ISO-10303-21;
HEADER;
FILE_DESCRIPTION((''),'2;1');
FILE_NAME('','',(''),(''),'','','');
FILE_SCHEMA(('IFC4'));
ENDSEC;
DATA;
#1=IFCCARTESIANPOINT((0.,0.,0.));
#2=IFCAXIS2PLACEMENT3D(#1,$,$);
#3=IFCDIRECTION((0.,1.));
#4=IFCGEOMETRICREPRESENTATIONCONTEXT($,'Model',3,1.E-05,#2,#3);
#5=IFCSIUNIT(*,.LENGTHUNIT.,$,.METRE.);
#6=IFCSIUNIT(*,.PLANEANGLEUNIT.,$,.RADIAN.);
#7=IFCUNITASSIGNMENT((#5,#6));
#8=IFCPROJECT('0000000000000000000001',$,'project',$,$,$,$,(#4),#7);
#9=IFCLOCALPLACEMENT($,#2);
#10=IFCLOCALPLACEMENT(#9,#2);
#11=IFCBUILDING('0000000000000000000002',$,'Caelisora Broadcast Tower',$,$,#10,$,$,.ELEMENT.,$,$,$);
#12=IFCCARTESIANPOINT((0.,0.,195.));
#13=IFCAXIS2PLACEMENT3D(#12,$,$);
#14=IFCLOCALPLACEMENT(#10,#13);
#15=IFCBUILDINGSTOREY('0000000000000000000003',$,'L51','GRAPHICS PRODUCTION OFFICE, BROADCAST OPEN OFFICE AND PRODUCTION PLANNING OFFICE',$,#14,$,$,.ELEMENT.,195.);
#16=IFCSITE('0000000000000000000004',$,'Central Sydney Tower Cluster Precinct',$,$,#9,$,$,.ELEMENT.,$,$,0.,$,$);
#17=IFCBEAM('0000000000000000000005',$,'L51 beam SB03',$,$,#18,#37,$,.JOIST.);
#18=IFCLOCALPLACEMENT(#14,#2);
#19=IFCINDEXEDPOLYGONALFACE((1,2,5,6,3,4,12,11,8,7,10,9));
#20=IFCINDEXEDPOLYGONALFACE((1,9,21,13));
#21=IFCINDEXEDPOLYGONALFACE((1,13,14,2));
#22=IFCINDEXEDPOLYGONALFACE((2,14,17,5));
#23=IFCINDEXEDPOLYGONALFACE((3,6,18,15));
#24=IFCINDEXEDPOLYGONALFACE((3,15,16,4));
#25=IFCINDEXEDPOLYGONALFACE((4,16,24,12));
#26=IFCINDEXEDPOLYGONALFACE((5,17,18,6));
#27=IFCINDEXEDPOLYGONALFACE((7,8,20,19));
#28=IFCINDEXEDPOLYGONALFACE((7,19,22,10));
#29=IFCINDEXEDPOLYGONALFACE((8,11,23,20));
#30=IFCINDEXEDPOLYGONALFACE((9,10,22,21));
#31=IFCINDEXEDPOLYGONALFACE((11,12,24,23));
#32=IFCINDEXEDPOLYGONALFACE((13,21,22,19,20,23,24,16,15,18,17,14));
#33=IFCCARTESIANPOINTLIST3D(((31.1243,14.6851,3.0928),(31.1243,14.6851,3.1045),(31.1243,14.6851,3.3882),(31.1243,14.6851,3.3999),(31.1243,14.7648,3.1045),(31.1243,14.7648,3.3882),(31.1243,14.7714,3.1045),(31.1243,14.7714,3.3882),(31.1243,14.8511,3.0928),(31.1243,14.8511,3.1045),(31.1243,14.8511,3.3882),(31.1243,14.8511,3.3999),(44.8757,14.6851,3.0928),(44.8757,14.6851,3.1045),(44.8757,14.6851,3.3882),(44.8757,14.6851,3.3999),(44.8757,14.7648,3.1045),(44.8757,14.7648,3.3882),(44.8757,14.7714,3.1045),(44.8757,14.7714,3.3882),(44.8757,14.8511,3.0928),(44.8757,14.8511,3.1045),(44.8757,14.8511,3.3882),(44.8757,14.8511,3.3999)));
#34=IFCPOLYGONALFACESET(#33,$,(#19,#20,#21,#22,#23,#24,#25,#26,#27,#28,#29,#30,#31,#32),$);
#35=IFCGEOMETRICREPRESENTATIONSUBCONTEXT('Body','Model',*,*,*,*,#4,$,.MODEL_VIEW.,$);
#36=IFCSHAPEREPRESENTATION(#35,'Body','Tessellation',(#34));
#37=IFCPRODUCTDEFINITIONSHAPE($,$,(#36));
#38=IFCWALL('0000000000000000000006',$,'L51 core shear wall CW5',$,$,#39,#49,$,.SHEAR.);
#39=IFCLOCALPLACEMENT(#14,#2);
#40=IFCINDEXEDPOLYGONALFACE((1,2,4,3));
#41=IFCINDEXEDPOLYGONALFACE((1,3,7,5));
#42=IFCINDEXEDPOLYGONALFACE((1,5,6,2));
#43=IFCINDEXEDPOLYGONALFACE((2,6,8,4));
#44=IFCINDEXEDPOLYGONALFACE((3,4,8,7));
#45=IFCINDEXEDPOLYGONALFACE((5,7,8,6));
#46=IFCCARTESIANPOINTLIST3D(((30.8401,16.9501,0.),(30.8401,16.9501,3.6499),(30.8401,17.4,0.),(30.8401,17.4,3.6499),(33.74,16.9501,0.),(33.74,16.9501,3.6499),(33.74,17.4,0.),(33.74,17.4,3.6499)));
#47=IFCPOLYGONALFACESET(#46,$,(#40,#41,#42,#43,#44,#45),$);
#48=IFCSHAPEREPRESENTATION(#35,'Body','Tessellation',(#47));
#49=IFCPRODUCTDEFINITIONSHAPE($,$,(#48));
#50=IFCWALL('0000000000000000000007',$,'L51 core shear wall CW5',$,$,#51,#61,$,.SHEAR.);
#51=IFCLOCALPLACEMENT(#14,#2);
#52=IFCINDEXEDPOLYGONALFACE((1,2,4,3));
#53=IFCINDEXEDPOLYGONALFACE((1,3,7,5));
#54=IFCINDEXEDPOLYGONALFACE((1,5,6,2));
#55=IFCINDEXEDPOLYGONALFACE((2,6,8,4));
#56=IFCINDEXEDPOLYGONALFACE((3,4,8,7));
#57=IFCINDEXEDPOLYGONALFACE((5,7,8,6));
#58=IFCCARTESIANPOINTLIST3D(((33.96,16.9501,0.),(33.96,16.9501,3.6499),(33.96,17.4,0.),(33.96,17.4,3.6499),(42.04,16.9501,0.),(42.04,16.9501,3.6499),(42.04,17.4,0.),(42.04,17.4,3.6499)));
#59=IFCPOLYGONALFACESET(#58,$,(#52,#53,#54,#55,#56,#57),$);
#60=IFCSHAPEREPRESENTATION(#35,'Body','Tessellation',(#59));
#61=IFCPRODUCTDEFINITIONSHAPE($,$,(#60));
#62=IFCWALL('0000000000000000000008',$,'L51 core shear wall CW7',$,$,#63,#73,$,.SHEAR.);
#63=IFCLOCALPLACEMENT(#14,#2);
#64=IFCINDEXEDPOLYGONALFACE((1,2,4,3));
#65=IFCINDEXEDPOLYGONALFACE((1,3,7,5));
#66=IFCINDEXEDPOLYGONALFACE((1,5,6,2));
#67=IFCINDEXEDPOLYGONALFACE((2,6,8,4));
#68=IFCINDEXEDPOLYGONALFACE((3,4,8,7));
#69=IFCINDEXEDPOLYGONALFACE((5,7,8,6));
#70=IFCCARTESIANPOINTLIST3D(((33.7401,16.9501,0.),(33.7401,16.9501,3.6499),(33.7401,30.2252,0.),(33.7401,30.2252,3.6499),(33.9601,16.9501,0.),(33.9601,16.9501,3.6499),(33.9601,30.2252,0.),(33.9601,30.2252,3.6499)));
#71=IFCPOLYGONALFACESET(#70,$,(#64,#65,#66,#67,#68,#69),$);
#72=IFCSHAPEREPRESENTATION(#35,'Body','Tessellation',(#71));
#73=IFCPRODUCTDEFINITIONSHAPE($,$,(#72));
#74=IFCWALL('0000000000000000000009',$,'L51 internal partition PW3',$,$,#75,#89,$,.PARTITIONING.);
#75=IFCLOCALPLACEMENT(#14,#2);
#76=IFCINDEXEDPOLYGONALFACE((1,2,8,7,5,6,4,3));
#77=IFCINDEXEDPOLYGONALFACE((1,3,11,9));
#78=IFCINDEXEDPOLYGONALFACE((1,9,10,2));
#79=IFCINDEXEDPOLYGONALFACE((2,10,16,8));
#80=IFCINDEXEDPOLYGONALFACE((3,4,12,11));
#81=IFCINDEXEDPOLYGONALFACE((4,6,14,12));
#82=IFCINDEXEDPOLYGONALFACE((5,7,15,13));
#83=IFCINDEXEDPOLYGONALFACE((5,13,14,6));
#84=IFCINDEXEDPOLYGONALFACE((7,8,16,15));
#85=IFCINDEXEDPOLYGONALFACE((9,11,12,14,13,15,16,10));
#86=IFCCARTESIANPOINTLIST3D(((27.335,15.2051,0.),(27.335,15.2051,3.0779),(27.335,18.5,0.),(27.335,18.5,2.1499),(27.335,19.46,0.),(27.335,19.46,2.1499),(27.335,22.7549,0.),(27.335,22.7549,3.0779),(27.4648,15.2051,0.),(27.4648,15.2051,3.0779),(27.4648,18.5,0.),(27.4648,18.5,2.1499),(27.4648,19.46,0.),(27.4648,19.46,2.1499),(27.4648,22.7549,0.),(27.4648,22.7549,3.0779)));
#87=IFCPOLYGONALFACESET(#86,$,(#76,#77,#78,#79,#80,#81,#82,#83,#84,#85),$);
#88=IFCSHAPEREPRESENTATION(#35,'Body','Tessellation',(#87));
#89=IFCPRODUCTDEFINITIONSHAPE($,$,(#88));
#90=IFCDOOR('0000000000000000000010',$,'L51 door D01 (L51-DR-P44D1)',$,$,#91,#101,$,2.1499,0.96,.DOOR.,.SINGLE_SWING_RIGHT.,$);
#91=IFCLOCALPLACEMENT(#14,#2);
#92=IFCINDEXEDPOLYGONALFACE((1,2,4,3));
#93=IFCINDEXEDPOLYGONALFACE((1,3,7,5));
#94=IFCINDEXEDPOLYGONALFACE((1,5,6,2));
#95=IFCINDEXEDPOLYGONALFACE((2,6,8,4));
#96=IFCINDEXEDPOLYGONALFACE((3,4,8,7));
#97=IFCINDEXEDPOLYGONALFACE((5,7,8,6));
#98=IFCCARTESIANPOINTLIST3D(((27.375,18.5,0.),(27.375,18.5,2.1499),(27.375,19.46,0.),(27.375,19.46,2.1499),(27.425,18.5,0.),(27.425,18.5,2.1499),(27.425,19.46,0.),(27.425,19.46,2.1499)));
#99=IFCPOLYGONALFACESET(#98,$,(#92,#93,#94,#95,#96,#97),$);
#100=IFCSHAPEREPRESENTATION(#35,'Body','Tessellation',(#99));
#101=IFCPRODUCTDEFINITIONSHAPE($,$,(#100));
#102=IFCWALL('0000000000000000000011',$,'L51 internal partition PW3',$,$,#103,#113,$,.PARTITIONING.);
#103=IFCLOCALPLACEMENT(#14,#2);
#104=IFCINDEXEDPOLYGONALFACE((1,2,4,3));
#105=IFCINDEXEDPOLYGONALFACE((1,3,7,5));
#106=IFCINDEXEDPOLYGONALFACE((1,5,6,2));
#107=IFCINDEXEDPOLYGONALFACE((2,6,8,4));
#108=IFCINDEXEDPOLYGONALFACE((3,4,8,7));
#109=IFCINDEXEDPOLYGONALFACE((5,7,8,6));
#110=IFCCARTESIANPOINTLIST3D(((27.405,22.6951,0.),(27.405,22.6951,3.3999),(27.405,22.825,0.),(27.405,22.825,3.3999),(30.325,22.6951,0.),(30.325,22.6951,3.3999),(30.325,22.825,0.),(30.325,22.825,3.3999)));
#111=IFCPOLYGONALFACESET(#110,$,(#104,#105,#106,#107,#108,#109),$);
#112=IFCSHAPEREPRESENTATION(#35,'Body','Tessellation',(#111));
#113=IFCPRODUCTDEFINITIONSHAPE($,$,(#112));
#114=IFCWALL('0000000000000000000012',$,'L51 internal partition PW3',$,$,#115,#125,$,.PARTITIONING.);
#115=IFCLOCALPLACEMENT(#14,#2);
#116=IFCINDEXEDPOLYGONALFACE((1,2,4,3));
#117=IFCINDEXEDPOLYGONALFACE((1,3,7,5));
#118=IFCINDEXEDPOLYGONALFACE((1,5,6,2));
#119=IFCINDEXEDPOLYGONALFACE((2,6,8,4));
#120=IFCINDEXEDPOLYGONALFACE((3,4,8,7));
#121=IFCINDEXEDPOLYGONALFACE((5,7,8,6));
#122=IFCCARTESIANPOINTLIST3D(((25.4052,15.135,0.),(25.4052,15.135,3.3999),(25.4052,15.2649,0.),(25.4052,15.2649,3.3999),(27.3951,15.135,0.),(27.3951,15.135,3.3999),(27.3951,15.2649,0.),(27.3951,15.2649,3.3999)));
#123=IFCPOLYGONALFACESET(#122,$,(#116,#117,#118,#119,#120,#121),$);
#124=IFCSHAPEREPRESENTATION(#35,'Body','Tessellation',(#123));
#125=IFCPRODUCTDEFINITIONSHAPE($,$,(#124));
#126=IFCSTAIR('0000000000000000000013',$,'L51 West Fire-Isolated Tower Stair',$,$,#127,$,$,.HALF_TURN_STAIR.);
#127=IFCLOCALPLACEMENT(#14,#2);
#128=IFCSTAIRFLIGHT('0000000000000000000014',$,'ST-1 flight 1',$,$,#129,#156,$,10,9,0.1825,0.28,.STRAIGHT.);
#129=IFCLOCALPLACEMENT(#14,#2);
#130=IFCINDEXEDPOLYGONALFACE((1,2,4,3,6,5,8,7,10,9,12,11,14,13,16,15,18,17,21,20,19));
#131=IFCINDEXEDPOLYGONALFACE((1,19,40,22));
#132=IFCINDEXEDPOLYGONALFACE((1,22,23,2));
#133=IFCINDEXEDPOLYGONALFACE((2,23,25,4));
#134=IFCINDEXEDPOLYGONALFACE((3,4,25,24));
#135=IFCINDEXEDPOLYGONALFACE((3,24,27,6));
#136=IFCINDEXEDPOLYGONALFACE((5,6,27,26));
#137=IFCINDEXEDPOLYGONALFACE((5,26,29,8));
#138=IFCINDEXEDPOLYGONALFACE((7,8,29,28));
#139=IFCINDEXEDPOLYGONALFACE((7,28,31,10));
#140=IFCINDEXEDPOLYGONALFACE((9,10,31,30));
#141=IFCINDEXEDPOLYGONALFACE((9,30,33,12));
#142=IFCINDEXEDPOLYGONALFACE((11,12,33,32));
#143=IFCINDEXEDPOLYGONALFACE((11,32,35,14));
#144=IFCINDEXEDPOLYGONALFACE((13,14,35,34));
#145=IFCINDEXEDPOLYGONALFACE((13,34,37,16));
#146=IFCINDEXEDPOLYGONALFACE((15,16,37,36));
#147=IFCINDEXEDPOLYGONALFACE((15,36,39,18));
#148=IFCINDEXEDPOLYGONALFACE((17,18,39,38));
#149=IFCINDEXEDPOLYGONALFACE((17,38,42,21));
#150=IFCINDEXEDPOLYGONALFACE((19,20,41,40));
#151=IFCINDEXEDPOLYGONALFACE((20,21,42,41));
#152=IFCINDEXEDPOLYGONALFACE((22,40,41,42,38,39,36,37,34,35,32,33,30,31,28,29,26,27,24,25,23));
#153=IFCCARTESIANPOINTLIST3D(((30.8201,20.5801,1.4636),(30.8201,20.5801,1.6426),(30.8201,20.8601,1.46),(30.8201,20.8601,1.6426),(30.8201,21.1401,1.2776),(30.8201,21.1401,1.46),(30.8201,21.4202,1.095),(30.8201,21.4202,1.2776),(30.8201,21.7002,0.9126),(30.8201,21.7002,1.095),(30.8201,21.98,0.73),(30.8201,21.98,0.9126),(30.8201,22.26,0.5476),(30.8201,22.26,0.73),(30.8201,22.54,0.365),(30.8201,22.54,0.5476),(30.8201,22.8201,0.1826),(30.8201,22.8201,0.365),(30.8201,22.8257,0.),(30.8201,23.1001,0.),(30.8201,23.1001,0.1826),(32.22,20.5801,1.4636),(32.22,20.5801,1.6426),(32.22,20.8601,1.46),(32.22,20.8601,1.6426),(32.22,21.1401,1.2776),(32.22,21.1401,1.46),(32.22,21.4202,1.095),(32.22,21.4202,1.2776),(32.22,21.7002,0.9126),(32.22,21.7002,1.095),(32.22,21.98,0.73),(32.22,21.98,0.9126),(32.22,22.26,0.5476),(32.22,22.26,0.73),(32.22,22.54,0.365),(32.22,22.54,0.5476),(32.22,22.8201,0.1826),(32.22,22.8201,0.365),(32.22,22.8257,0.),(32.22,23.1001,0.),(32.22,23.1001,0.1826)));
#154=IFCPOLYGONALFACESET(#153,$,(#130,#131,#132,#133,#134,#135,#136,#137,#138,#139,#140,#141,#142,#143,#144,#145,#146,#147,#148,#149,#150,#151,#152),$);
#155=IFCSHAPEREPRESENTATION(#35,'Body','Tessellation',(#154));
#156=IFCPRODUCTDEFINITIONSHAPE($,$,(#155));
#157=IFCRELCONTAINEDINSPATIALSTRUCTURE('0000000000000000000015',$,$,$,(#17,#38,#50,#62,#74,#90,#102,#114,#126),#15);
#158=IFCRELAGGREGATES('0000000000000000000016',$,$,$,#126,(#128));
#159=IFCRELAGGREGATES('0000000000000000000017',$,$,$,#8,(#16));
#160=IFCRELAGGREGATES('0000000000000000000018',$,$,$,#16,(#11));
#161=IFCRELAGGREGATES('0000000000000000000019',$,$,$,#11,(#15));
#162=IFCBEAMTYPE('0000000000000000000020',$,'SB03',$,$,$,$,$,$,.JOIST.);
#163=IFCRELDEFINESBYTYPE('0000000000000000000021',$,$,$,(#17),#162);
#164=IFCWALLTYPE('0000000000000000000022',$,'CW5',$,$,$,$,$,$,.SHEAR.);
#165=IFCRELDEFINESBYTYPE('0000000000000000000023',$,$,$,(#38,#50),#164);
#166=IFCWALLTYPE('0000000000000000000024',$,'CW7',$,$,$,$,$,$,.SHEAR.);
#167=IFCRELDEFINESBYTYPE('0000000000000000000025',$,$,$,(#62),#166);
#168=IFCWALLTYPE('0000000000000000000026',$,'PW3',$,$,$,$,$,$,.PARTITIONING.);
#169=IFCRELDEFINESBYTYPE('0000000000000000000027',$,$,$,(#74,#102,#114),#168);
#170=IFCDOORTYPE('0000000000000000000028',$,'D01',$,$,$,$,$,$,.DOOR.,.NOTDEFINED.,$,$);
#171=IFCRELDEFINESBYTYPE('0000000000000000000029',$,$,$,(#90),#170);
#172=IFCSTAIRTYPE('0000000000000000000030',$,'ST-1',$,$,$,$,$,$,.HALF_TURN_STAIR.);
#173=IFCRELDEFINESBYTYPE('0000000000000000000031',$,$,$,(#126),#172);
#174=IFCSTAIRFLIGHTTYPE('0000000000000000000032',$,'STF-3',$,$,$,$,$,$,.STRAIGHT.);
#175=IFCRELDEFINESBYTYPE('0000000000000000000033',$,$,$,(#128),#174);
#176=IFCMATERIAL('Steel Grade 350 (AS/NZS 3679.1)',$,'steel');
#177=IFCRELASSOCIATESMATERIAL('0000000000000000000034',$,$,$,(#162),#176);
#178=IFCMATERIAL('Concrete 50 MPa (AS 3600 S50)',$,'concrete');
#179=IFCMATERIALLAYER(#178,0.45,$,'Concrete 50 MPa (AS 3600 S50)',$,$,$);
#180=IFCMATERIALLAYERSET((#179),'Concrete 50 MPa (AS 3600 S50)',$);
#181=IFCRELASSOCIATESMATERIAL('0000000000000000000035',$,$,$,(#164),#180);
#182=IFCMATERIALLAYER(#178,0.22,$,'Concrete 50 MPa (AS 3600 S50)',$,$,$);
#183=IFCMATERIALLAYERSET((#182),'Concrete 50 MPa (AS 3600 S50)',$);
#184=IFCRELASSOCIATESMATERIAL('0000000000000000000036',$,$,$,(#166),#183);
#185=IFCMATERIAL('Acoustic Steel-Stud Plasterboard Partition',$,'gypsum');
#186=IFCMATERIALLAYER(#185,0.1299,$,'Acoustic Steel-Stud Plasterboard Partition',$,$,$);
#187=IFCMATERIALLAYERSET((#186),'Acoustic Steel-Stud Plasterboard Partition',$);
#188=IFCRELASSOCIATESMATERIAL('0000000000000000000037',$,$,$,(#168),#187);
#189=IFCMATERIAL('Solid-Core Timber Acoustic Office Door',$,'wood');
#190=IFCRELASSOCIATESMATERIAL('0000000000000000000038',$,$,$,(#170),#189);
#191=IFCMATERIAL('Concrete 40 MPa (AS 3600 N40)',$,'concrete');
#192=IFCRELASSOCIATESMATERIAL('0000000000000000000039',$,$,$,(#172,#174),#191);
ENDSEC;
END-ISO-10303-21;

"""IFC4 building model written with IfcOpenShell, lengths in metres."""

from ifc_helpers import new_model, si_unit, direction, frame, frame_2d, origin, origin_2d, place, context, subcontext, project, spatial, polyline, rectangle, i_section, outline, extrude, source, transform, mapped, material, layer, layer_set, material_profile, profile_set, type_object, element, fill, aggregate, save


model = new_model("IFC4")

# Units and contexts
model_context = context("Model", 3, precision=1e-05, world=origin(), true_north=direction((0.0, 1.0)))
body_context = subcontext(model_context, "Body", "Model", "MODEL_VIEW")
ifc_project = project(units=[si_unit("LENGTHUNIT", "METRE"), si_unit("PLANEANGLEUNIT", "RADIAN")], contexts=[model_context])

# Site, building, storey
site_placement = place(None, origin())
site = spatial("IfcSite", under=ifc_project, at=site_placement, Name="Central Sydney Tower Cluster Precinct", CompositionType="ELEMENT", RefElevation=0.0)
building_placement = place(site_placement, origin())
building = spatial("IfcBuilding", under=site, at=building_placement, Name="Caelisora Broadcast Tower", CompositionType="ELEMENT")
storey_placement = place(building_placement, frame((0.0, 0.0, 195.0)))
storey = spatial("IfcBuildingStorey", under=building, at=storey_placement, Name="L51", Description="GRAPHICS PRODUCTION OFFICE, BROADCAST OPEN OFFICE AND PRODUCTION PLANNING OFFICE", CompositionType="ELEMENT", Elevation=195.0)

# Beam
ifc_material_1 = material(Name="Steel Grade 350 (AS/NZS 3679.1)", Category="steel")
ifc_material_profile_1 = material_profile(ifc_material_1, i_section(OverallWidth=0.166, OverallDepth=0.3071, WebThickness=0.0066, FlangeThickness=0.0117, at=origin_2d()), Name="Steel Grade 350 (AS/NZS 3679.1)")
ifc_profile_set_1 = profile_set([ifc_material_profile_1], Name="Steel Grade 350 (AS/NZS 3679.1)")
beam_type_1 = type_object("IfcBeamType", Name="SB03", PredefinedType="JOIST", material=ifc_profile_set_1)
shared_shape_1 = source(origin(), body_context, "Body", "SweptSolid", [
    extrude(i_section(OverallWidth=0.166, OverallDepth=0.3071, WebThickness=0.0066, FlangeThickness=0.0117, at=origin_2d()), origin(), (0.0, 0.0, 1.0), 13.7515),
])
beam_1_placement = place(storey_placement, frame((31.1243, 14.7681, 3.2463), z_axis=(1.0, 0.0, 0.0), x_axis=(0.0, 1.0, 0.0)))
element("IfcBeam", 1, at=beam_1_placement, inside=storey, type_object=beam_type_1, Name="L51 beam SB03", PredefinedType="JOIST", context=body_context, shape_type="MappedRepresentation", body=[
    mapped(shared_shape_1, transform((0.0, 0.0, 0.0), scale=1.0)),
])

# Shared definitions
ifc_material_2 = material(Name="Concrete 50 MPa (AS 3600 S50)", Category="concrete")

# Walls
ifc_layer_1 = layer(ifc_material_2, 0.45, Name="Concrete 50 MPa (AS 3600 S50)")
ifc_layer_set_1 = layer_set([ifc_layer_1], Name="Concrete 50 MPa (AS 3600 S50)")
wall_type_1 = type_object("IfcWallType", Name="CW5", PredefinedType="SHEAR", material=ifc_layer_set_1)
wall_1_placement = place(storey_placement, frame((30.8401, 17.175, 0.0), z_axis=(0.0, 0.0, 1.0), x_axis=(1.0, 0.0, 0.0)))
element("IfcWall", 2, at=wall_1_placement, inside=storey, type_object=wall_type_1, Name="L51 core shear wall CW5", PredefinedType="SHEAR", context=body_context, shape_type="SweptSolid", body=[
    extrude(rectangle(XDim=2.8999, YDim=0.45, at=frame_2d((1.45, 0.0))), origin(), (0.0, 0.0, 1.0), 3.6499),
])
wall_2_placement = place(storey_placement, frame((33.96, 17.175, 0.0), z_axis=(0.0, 0.0, 1.0), x_axis=(1.0, 0.0, 0.0)))
element("IfcWall", 3, at=wall_2_placement, inside=storey, type_object=wall_type_1, Name="L51 core shear wall CW5", PredefinedType="SHEAR", context=body_context, shape_type="SweptSolid", body=[
    extrude(rectangle(XDim=8.0801, YDim=0.45, at=frame_2d((4.04, 0.0))), origin(), (0.0, 0.0, 1.0), 3.6499),
])
ifc_layer_2 = layer(ifc_material_2, 0.22, Name="Concrete 50 MPa (AS 3600 S50)")
ifc_layer_set_2 = layer_set([ifc_layer_2], Name="Concrete 50 MPa (AS 3600 S50)")
wall_type_2 = type_object("IfcWallType", Name="CW7", PredefinedType="SHEAR", material=ifc_layer_set_2)
wall_3_placement = place(storey_placement, frame((33.8501, 16.95, 0.0), z_axis=(0.0, 0.0, 1.0), x_axis=(0.0, 1.0, 0.0)))
element("IfcWall", 4, at=wall_3_placement, inside=storey, type_object=wall_type_2, Name="L51 core shear wall CW7", PredefinedType="SHEAR", context=body_context, shape_type="SweptSolid", body=[
    extrude(rectangle(XDim=13.2751, YDim=0.22, at=frame_2d((6.6377, 0.0))), origin(), (0.0, 0.0, 1.0), 3.6499),
])

# Wall, opening, door
ifc_material_3 = material(Name="Acoustic Steel-Stud Plasterboard Partition", Category="gypsum")
ifc_layer_3 = layer(ifc_material_3, 0.1299, Name="Acoustic Steel-Stud Plasterboard Partition")
ifc_layer_set_3 = layer_set([ifc_layer_3], Name="Acoustic Steel-Stud Plasterboard Partition")
wall_type_3 = type_object("IfcWallType", Name="PW3", PredefinedType="PARTITIONING", material=ifc_layer_set_3)
wall_4_placement = place(storey_placement, frame((27.3999, 15.2051, 0.0), z_axis=(0.0, 0.0, 1.0), x_axis=(0.0, 1.0, 0.0)))
wall_4 = element("IfcWall", 5, at=wall_4_placement, inside=storey, type_object=wall_type_3, Name="L51 internal partition PW3", PredefinedType="PARTITIONING", context=body_context, shape_type="SweptSolid", body=[
    extrude(rectangle(XDim=7.5498, YDim=0.1299, at=frame_2d((3.7749, 0.0))), origin(), (0.0, 0.0, 1.0), 3.0779),
])
opening_1_placement = place(wall_4_placement, frame((3.2949, 0.0, 0.0)))
opening_1 = element("IfcOpeningElement", 6, at=opening_1_placement, cuts=wall_4, PredefinedType="OPENING", context=body_context, shape_type="SweptSolid", body=[
    extrude(rectangle(XDim=0.96, YDim=2.1499, at=frame_2d((0.48, 1.075))), frame((0.0, 0.0769, 0.0), z_axis=(0.0, -1.0, 0.0), x_axis=(1.0, 0.0, 0.0)), (0.0, 0.0, 1.0), 0.1538),
])
ifc_material_4 = material(Name="Solid-Core Timber Acoustic Office Door", Category="wood")
door_type_1 = type_object("IfcDoorType", Name="D01", OperationType="NOTDEFINED", PredefinedType="DOOR", material=ifc_material_4)
door_1_placement = place(opening_1_placement, origin())
door_1 = element("IfcDoor", 7, at=door_1_placement, inside=storey, type_object=door_type_1, Name="L51 door D01 (L51-DR-P44D1)", OperationType="SINGLE_SWING_RIGHT", OverallHeight=2.1499, OverallWidth=0.96, PredefinedType="DOOR", context=body_context, shape_type="SweptSolid", body=[
    extrude(rectangle(XDim=0.96, YDim=2.1499, at=frame_2d((0.48, 1.075))), frame((0.0, 0.0249, 0.0), z_axis=(0.0, -1.0, 0.0), x_axis=(1.0, 0.0, 0.0)), (0.0, 0.0, 1.0), 0.05),
])
fill(opening_1, door_1)

# Wall
wall_5_placement = place(storey_placement, frame((27.405, 22.76, 0.0), z_axis=(0.0, 0.0, 1.0), x_axis=(1.0, 0.0, 0.0)))
element("IfcWall", 8, at=wall_5_placement, inside=storey, type_object=wall_type_3, Name="L51 internal partition PW3", PredefinedType="PARTITIONING", context=body_context, shape_type="SweptSolid", body=[
    extrude(rectangle(XDim=2.9199, YDim=0.1299, at=frame_2d((1.46, 0.0))), origin(), (0.0, 0.0, 1.0), 3.3999),
])

# Wall
wall_6_placement = place(storey_placement, frame((25.405, 15.2, 0.0), z_axis=(0.0, 0.0, 1.0), x_axis=(1.0, 0.0, 0.0)))
element("IfcWall", 9, at=wall_6_placement, inside=storey, type_object=wall_type_3, Name="L51 internal partition PW3", PredefinedType="PARTITIONING", context=body_context, shape_type="SweptSolid", body=[
    extrude(rectangle(XDim=1.99, YDim=0.1299, at=frame_2d((0.9951, 0.0))), origin(), (0.0, 0.0, 1.0), 3.3999),
])

# Stair, stair flight
ifc_material_5 = material(Name="Concrete 40 MPa (AS 3600 N40)", Category="concrete")
stair_type = type_object("IfcStairType", Name="ST-1", PredefinedType="HALF_TURN_STAIR", material=ifc_material_5)
stair_placement = place(storey_placement, origin())
stair = element("IfcStair", 10, at=stair_placement, inside=storey, type_object=stair_type, Name="L51 West Fire-Isolated Tower Stair", PredefinedType="HALF_TURN_STAIR")
stair_flight_type = type_object("IfcStairFlightType", Name="STF-3", PredefinedType="STRAIGHT", material=ifc_material_5)
stair_flight_1_placement = place(storey_placement, frame((31.52, 23.1001, 0.0), z_axis=(0.0, 0.0, 1.0), x_axis=(0.0, -1.0, 0.0)))
stair_flight_1 = element("IfcStairFlight", 11, at=stair_flight_1_placement, type_object=stair_flight_type, Name="ST-1 flight 1", NumberOfRisers=10, NumberOfTreads=9, PredefinedType="STRAIGHT", RiserHeight=0.1825, TreadLength=0.28, context=body_context, shape_type="SweptSolid", body=[
    extrude(outline(polyline([(0.0, 0.0), (0.0, 0.1826), (0.28, 0.1826), (0.28, 0.365), (0.5601, 0.365), (0.5601, 0.5476), (0.8401, 0.5476), (0.8401, 0.73), (1.1201, 0.73), (1.1201, 0.9126), (1.3999, 0.9126), (1.3999, 1.095), (1.6799, 1.095), (1.6799, 1.2776), (1.96, 1.2776), (1.96, 1.46), (2.24, 1.46), (2.24, 1.6426), (2.52, 1.6426), (2.52, 1.825), (2.52, 1.4636), (0.2744, 0.0), (0.0, 0.0)])), frame((0.0, 0.7, 0.0), z_axis=(0.0, -1.0, 0.0), x_axis=(1.0, 0.0, 0.0)), (0.0, 0.0, 1.0), 1.3999),
])
aggregate(stair, [stair_flight_1])

save(model, "model.ifc")
